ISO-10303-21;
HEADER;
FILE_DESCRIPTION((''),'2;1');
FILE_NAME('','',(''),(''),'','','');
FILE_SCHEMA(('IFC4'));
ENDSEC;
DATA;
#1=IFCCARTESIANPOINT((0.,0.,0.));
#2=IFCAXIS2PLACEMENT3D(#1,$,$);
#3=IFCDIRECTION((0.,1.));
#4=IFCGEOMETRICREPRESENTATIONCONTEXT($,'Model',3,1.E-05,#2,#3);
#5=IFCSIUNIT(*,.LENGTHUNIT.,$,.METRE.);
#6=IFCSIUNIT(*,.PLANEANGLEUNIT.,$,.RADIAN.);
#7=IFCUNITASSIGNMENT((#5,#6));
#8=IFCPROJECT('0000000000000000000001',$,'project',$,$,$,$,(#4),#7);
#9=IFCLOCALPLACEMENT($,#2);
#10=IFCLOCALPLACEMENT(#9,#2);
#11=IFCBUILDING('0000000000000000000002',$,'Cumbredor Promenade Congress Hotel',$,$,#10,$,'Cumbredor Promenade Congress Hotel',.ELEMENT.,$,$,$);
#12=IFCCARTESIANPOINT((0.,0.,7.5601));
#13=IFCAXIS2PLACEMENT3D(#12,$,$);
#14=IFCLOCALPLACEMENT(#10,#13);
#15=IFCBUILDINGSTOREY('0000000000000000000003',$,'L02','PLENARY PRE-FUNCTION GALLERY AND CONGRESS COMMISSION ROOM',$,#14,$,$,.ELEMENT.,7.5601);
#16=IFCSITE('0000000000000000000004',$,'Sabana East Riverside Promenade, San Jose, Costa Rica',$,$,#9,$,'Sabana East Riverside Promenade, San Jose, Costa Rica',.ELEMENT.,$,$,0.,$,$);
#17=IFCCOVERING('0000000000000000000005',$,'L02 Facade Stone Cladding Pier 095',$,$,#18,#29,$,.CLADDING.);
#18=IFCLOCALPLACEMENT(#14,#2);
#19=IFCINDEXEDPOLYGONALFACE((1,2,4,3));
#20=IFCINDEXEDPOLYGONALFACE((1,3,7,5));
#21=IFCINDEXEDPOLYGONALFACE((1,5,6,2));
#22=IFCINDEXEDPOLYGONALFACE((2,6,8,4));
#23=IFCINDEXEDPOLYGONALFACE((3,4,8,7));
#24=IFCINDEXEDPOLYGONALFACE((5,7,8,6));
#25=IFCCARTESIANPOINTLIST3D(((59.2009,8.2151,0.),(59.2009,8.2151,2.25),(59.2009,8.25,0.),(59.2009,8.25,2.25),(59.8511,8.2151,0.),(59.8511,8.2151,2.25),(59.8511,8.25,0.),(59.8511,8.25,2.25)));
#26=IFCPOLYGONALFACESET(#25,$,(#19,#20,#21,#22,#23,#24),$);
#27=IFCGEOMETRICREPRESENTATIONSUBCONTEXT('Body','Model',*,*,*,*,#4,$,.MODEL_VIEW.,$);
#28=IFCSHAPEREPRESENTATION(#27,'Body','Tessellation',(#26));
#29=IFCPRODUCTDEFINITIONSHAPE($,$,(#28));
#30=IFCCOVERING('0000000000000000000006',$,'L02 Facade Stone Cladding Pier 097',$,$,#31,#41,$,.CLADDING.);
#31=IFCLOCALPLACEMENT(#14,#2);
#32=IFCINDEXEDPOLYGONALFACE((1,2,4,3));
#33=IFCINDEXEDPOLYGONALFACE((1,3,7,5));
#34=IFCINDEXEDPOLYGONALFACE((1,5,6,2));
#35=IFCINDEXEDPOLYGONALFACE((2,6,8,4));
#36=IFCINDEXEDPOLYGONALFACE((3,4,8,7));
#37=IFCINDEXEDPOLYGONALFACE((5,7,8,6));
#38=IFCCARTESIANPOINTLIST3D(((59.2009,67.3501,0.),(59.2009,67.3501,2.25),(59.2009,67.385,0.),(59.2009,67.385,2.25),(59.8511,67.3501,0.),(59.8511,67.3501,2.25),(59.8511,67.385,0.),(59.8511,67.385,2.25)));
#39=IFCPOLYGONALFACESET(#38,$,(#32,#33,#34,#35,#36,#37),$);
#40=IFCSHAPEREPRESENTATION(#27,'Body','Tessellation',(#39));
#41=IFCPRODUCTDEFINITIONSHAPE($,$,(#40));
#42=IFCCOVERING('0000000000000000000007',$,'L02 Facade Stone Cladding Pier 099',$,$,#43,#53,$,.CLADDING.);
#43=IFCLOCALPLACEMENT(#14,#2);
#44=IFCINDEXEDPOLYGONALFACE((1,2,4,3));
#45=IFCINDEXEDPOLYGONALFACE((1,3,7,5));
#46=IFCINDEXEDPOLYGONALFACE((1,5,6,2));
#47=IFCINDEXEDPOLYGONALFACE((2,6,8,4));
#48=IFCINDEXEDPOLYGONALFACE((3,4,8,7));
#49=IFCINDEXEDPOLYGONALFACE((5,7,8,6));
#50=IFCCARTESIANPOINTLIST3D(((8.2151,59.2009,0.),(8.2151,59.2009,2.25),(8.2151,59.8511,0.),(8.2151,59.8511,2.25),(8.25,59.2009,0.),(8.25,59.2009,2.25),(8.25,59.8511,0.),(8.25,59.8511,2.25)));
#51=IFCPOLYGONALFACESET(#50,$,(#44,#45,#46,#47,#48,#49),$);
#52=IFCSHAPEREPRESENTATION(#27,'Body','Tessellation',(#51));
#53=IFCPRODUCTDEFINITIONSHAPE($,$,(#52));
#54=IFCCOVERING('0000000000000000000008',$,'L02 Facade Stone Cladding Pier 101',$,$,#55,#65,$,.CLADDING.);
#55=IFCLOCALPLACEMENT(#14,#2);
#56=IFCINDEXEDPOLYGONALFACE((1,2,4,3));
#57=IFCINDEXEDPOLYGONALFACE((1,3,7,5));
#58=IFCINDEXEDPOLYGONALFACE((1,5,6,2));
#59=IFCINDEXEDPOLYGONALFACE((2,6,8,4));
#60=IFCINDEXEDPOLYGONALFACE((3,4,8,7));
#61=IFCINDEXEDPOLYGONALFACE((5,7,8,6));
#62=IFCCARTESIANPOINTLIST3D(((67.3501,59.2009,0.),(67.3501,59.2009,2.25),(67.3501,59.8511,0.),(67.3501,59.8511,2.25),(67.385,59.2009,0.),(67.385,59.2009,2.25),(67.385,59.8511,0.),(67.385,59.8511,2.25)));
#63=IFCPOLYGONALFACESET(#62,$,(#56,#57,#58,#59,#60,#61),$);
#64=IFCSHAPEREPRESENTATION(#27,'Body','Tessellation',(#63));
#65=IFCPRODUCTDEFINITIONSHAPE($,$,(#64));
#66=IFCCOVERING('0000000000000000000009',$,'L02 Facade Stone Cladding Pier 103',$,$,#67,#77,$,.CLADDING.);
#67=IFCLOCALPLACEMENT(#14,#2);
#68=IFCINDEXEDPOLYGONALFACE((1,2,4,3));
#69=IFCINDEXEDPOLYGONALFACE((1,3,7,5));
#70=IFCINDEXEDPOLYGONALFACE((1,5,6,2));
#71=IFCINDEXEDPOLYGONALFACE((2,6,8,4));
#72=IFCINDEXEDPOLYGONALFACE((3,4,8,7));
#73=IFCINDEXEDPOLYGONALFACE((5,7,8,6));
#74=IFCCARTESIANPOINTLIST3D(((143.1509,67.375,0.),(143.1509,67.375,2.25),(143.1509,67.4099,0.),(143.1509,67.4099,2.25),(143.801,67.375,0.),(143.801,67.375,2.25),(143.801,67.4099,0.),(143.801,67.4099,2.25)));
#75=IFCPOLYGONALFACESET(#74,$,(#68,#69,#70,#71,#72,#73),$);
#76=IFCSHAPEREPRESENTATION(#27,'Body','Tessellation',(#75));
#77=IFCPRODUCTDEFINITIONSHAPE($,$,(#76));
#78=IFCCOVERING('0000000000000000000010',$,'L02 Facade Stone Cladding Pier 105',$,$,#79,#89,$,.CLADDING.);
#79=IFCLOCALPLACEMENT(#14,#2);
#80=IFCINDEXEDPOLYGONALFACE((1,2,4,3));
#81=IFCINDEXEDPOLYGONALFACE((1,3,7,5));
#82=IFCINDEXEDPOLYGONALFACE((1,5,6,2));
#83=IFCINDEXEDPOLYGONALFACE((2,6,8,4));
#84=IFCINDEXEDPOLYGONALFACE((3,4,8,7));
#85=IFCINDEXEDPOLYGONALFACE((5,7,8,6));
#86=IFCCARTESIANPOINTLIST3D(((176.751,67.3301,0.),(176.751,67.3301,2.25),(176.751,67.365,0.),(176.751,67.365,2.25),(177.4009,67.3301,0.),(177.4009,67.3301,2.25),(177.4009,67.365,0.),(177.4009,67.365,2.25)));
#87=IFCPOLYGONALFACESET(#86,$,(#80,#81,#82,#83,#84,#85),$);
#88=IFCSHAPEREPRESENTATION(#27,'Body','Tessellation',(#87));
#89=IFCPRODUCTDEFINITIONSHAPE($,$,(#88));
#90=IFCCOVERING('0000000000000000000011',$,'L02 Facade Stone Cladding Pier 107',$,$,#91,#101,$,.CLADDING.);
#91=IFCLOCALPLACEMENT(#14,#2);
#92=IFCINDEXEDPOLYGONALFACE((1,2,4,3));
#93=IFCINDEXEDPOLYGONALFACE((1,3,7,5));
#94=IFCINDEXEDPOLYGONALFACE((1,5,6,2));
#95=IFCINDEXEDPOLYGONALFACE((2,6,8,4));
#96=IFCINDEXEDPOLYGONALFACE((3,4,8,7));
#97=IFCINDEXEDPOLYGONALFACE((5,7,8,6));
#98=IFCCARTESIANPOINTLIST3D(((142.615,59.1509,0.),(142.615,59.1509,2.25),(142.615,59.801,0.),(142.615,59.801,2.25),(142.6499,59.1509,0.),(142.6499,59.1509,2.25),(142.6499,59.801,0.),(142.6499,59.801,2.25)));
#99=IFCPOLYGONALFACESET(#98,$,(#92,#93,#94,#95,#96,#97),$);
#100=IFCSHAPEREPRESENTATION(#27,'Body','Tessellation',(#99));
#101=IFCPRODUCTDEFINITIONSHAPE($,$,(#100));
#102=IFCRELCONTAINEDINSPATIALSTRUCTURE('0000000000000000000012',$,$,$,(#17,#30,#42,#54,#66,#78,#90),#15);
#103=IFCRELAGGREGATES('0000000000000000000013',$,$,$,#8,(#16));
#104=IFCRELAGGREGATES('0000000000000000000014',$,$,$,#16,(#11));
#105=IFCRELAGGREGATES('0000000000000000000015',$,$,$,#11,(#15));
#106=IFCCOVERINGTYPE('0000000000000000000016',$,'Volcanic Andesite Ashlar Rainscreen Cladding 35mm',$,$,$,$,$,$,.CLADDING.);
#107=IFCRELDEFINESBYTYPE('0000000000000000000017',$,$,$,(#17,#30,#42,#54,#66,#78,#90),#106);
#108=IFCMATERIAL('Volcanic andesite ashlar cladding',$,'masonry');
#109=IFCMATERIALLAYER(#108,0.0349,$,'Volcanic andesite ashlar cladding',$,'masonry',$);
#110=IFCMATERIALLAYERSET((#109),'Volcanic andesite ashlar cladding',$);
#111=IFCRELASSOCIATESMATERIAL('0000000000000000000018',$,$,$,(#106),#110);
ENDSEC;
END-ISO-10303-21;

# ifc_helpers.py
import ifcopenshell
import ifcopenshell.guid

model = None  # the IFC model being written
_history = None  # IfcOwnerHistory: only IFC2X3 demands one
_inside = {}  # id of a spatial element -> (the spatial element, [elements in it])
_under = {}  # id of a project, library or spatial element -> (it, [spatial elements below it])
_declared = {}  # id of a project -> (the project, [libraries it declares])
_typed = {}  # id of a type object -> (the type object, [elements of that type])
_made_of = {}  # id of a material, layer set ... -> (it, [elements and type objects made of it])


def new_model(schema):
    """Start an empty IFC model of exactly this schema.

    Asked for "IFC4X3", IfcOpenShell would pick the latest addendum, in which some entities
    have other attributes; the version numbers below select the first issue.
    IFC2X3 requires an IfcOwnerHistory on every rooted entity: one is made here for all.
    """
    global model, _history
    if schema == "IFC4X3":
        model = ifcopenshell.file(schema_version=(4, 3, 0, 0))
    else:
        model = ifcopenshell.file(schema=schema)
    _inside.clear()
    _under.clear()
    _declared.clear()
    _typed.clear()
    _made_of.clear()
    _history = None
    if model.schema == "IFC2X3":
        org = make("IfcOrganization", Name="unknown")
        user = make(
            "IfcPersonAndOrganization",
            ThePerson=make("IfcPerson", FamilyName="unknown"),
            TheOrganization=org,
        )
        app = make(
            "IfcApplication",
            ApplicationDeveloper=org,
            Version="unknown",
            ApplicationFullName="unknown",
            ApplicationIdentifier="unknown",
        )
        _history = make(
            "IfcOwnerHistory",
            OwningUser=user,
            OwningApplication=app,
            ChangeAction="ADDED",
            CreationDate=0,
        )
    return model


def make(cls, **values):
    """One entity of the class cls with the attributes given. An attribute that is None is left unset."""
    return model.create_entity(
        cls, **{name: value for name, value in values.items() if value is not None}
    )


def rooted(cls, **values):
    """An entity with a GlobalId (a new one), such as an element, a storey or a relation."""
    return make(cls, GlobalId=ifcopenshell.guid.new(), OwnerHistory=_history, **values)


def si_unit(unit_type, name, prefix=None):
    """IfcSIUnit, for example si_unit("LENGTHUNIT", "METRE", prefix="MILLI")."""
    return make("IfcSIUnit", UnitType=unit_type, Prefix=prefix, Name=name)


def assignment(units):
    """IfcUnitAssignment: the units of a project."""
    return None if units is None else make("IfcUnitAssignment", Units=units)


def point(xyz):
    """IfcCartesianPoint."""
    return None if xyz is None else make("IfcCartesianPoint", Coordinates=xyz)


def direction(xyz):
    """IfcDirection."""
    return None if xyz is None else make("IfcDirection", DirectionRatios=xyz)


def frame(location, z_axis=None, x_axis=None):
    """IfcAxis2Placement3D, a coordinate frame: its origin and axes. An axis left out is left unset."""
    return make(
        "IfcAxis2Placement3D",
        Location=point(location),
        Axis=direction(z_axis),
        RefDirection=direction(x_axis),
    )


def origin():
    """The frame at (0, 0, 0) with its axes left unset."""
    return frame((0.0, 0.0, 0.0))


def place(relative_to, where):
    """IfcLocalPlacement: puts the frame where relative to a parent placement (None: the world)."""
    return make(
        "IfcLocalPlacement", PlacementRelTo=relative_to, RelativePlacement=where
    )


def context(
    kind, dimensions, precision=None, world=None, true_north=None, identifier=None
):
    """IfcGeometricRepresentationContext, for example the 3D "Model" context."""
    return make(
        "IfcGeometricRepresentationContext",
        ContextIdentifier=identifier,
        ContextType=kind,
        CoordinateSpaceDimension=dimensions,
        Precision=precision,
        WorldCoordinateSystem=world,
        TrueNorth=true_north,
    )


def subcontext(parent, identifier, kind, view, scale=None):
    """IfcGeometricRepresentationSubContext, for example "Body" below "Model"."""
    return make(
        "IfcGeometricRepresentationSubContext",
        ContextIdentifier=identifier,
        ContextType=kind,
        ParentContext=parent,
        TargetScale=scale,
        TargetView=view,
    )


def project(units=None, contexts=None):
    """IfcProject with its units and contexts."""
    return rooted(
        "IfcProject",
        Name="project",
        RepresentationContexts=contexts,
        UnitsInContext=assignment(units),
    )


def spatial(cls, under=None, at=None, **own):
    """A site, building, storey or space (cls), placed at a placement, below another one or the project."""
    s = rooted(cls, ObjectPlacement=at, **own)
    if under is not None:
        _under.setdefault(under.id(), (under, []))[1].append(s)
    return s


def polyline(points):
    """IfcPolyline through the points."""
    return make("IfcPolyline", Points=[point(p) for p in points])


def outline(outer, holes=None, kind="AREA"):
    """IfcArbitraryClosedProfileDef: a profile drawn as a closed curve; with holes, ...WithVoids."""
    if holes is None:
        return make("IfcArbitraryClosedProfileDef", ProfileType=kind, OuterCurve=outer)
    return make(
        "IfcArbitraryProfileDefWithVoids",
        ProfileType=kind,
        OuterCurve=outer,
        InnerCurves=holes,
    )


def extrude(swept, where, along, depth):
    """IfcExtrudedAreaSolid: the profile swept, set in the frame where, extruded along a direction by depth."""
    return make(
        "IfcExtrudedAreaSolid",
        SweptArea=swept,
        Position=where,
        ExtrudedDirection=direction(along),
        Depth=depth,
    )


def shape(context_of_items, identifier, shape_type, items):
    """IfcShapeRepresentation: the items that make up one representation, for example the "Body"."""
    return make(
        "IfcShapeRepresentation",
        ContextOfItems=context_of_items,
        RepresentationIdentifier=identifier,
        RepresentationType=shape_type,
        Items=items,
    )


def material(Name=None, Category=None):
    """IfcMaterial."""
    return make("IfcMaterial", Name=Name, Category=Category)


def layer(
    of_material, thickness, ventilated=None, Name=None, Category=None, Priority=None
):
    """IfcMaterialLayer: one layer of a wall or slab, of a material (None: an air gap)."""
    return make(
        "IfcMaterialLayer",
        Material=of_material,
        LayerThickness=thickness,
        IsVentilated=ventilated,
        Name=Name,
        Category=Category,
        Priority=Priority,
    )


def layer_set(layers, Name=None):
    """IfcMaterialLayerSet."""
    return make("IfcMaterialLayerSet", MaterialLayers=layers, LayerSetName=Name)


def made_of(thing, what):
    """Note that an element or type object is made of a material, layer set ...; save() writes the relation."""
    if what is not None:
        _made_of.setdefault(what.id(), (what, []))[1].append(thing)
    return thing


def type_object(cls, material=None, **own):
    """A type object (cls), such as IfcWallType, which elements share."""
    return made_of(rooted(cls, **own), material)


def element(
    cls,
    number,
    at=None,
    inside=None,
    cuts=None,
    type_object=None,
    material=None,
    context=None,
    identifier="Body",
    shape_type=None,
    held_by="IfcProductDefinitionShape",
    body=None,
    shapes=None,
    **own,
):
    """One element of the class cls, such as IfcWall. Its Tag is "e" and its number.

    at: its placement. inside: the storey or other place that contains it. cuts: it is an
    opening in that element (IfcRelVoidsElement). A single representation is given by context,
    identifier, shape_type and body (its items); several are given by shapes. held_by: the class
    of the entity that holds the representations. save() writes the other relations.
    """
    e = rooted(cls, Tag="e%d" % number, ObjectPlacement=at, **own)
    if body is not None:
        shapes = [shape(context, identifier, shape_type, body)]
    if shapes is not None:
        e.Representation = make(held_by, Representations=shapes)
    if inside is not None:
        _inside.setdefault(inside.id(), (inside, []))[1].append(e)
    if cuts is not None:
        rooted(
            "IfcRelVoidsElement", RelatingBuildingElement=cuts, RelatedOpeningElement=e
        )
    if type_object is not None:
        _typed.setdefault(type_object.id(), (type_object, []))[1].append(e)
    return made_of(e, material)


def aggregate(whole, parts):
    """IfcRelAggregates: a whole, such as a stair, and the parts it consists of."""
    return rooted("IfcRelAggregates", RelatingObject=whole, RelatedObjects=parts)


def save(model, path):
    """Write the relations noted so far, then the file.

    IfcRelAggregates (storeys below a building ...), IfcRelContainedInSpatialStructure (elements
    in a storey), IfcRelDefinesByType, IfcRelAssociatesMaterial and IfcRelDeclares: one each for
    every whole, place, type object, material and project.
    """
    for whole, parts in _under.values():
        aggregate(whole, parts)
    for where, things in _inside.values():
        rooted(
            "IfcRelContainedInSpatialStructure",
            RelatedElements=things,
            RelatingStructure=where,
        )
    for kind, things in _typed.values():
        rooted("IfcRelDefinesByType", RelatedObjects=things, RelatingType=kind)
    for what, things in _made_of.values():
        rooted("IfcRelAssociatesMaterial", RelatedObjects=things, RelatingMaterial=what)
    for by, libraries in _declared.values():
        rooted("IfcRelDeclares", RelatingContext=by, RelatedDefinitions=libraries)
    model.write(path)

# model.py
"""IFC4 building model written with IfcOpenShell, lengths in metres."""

from ifc_helpers import new_model, si_unit, direction, frame, origin, place, context, subcontext, project, spatial, polyline, outline, extrude, material, layer, layer_set, type_object, element, save


model = new_model("IFC4")

# Units and contexts
model_context = context("Model", 3, precision=1e-05, world=origin(), true_north=direction((0.0, 1.0)))
body_context = subcontext(model_context, "Body", "Model", "MODEL_VIEW")
ifc_project = project(units=[si_unit("LENGTHUNIT", "METRE"), si_unit("PLANEANGLEUNIT", "RADIAN")], contexts=[model_context])

# Site, building, storey
site_placement = place(None, origin())
site = spatial("IfcSite", under=ifc_project, at=site_placement, Name="Sabana East Riverside Promenade, San Jose, Costa Rica", LongName="Sabana East Riverside Promenade, San Jose, Costa Rica", CompositionType="ELEMENT", RefElevation=0.0)
building_placement = place(site_placement, origin())
building = spatial("IfcBuilding", under=site, at=building_placement, Name="Cumbredor Promenade Congress Hotel", LongName="Cumbredor Promenade Congress Hotel", CompositionType="ELEMENT")
storey_placement = place(building_placement, frame((0.0, 0.0, 7.5601)))
storey = spatial("IfcBuildingStorey", under=building, at=storey_placement, Name="L02", Description="PLENARY PRE-FUNCTION GALLERY AND CONGRESS COMMISSION ROOM", CompositionType="ELEMENT", Elevation=7.5601)

# Coverings
ifc_material_1 = material(Name="Volcanic andesite ashlar cladding", Category="masonry")
ifc_layer_1 = layer(ifc_material_1, 0.0349, Name="Volcanic andesite ashlar cladding", Category="masonry")
ifc_layer_set_1 = layer_set([ifc_layer_1], Name="Volcanic andesite ashlar cladding")
covering_type_1 = type_object("IfcCoveringType", Name="Volcanic Andesite Ashlar Rainscreen Cladding 35mm", PredefinedType="CLADDING", material=ifc_layer_set_1)
covering_1_placement = place(storey_placement, origin())
element("IfcCovering", 1, at=covering_1_placement, inside=storey, type_object=covering_type_1, Name="L02 Facade Stone Cladding Pier 095", PredefinedType="CLADDING", context=body_context, shape_type="SweptSolid", body=[
    extrude(outline(polyline([(59.2009, 8.25), (59.8511, 8.25), (59.8511, 8.2151), (59.2009, 8.2151), (59.2009, 8.25)])), origin(), (0.0, 0.0, 1.0), 2.25),
])
covering_2_placement = place(storey_placement, origin())
element("IfcCovering", 2, at=covering_2_placement, inside=storey, type_object=covering_type_1, Name="L02 Facade Stone Cladding Pier 097", PredefinedType="CLADDING", context=body_context, shape_type="SweptSolid", body=[
    extrude(outline(polyline([(59.2009, 67.3501), (59.8511, 67.3501), (59.8511, 67.385), (59.2009, 67.385), (59.2009, 67.3501)])), origin(), (0.0, 0.0, 1.0), 2.25),
])
covering_3_placement = place(storey_placement, origin())
element("IfcCovering", 3, at=covering_3_placement, inside=storey, type_object=covering_type_1, Name="L02 Facade Stone Cladding Pier 099", PredefinedType="CLADDING", context=body_context, shape_type="SweptSolid", body=[
    extrude(outline(polyline([(8.25, 59.2009), (8.25, 59.8511), (8.2151, 59.8511), (8.2151, 59.2009), (8.25, 59.2009)])), origin(), (0.0, 0.0, 1.0), 2.25),
])
covering_4_placement = place(storey_placement, origin())
element("IfcCovering", 4, at=covering_4_placement, inside=storey, type_object=covering_type_1, Name="L02 Facade Stone Cladding Pier 101", PredefinedType="CLADDING", context=body_context, shape_type="SweptSolid", body=[
    extrude(outline(polyline([(67.3501, 59.2009), (67.3501, 59.8511), (67.385, 59.8511), (67.385, 59.2009), (67.3501, 59.2009)])), origin(), (0.0, 0.0, 1.0), 2.25),
])
covering_5_placement = place(storey_placement, origin())
element("IfcCovering", 5, at=covering_5_placement, inside=storey, type_object=covering_type_1, Name="L02 Facade Stone Cladding Pier 103", PredefinedType="CLADDING", context=body_context, shape_type="SweptSolid", body=[
    extrude(outline(polyline([(143.1509, 67.375), (143.801, 67.375), (143.801, 67.4099), (143.1509, 67.4099), (143.1509, 67.375)])), origin(), (0.0, 0.0, 1.0), 2.25),
])
covering_6_placement = place(storey_placement, origin())
element("IfcCovering", 6, at=covering_6_placement, inside=storey, type_object=covering_type_1, Name="L02 Facade Stone Cladding Pier 105", PredefinedType="CLADDING", context=body_context, shape_type="SweptSolid", body=[
    extrude(outline(polyline([(176.751, 67.3301), (177.4009, 67.3301), (177.4009, 67.365), (176.751, 67.365), (176.751, 67.3301)])), origin(), (0.0, 0.0, 1.0), 2.25),
])
covering_7_placement = place(storey_placement, origin())
element("IfcCovering", 7, at=covering_7_placement, inside=storey, type_object=covering_type_1, Name="L02 Facade Stone Cladding Pier 107", PredefinedType="CLADDING", context=body_context, shape_type="SweptSolid", body=[
    extrude(outline(polyline([(142.6499, 59.1509), (142.6499, 59.801), (142.615, 59.801), (142.615, 59.1509), (142.6499, 59.1509)])), origin(), (0.0, 0.0, 1.0), 2.25),
])

save(model, "model.ifc")
